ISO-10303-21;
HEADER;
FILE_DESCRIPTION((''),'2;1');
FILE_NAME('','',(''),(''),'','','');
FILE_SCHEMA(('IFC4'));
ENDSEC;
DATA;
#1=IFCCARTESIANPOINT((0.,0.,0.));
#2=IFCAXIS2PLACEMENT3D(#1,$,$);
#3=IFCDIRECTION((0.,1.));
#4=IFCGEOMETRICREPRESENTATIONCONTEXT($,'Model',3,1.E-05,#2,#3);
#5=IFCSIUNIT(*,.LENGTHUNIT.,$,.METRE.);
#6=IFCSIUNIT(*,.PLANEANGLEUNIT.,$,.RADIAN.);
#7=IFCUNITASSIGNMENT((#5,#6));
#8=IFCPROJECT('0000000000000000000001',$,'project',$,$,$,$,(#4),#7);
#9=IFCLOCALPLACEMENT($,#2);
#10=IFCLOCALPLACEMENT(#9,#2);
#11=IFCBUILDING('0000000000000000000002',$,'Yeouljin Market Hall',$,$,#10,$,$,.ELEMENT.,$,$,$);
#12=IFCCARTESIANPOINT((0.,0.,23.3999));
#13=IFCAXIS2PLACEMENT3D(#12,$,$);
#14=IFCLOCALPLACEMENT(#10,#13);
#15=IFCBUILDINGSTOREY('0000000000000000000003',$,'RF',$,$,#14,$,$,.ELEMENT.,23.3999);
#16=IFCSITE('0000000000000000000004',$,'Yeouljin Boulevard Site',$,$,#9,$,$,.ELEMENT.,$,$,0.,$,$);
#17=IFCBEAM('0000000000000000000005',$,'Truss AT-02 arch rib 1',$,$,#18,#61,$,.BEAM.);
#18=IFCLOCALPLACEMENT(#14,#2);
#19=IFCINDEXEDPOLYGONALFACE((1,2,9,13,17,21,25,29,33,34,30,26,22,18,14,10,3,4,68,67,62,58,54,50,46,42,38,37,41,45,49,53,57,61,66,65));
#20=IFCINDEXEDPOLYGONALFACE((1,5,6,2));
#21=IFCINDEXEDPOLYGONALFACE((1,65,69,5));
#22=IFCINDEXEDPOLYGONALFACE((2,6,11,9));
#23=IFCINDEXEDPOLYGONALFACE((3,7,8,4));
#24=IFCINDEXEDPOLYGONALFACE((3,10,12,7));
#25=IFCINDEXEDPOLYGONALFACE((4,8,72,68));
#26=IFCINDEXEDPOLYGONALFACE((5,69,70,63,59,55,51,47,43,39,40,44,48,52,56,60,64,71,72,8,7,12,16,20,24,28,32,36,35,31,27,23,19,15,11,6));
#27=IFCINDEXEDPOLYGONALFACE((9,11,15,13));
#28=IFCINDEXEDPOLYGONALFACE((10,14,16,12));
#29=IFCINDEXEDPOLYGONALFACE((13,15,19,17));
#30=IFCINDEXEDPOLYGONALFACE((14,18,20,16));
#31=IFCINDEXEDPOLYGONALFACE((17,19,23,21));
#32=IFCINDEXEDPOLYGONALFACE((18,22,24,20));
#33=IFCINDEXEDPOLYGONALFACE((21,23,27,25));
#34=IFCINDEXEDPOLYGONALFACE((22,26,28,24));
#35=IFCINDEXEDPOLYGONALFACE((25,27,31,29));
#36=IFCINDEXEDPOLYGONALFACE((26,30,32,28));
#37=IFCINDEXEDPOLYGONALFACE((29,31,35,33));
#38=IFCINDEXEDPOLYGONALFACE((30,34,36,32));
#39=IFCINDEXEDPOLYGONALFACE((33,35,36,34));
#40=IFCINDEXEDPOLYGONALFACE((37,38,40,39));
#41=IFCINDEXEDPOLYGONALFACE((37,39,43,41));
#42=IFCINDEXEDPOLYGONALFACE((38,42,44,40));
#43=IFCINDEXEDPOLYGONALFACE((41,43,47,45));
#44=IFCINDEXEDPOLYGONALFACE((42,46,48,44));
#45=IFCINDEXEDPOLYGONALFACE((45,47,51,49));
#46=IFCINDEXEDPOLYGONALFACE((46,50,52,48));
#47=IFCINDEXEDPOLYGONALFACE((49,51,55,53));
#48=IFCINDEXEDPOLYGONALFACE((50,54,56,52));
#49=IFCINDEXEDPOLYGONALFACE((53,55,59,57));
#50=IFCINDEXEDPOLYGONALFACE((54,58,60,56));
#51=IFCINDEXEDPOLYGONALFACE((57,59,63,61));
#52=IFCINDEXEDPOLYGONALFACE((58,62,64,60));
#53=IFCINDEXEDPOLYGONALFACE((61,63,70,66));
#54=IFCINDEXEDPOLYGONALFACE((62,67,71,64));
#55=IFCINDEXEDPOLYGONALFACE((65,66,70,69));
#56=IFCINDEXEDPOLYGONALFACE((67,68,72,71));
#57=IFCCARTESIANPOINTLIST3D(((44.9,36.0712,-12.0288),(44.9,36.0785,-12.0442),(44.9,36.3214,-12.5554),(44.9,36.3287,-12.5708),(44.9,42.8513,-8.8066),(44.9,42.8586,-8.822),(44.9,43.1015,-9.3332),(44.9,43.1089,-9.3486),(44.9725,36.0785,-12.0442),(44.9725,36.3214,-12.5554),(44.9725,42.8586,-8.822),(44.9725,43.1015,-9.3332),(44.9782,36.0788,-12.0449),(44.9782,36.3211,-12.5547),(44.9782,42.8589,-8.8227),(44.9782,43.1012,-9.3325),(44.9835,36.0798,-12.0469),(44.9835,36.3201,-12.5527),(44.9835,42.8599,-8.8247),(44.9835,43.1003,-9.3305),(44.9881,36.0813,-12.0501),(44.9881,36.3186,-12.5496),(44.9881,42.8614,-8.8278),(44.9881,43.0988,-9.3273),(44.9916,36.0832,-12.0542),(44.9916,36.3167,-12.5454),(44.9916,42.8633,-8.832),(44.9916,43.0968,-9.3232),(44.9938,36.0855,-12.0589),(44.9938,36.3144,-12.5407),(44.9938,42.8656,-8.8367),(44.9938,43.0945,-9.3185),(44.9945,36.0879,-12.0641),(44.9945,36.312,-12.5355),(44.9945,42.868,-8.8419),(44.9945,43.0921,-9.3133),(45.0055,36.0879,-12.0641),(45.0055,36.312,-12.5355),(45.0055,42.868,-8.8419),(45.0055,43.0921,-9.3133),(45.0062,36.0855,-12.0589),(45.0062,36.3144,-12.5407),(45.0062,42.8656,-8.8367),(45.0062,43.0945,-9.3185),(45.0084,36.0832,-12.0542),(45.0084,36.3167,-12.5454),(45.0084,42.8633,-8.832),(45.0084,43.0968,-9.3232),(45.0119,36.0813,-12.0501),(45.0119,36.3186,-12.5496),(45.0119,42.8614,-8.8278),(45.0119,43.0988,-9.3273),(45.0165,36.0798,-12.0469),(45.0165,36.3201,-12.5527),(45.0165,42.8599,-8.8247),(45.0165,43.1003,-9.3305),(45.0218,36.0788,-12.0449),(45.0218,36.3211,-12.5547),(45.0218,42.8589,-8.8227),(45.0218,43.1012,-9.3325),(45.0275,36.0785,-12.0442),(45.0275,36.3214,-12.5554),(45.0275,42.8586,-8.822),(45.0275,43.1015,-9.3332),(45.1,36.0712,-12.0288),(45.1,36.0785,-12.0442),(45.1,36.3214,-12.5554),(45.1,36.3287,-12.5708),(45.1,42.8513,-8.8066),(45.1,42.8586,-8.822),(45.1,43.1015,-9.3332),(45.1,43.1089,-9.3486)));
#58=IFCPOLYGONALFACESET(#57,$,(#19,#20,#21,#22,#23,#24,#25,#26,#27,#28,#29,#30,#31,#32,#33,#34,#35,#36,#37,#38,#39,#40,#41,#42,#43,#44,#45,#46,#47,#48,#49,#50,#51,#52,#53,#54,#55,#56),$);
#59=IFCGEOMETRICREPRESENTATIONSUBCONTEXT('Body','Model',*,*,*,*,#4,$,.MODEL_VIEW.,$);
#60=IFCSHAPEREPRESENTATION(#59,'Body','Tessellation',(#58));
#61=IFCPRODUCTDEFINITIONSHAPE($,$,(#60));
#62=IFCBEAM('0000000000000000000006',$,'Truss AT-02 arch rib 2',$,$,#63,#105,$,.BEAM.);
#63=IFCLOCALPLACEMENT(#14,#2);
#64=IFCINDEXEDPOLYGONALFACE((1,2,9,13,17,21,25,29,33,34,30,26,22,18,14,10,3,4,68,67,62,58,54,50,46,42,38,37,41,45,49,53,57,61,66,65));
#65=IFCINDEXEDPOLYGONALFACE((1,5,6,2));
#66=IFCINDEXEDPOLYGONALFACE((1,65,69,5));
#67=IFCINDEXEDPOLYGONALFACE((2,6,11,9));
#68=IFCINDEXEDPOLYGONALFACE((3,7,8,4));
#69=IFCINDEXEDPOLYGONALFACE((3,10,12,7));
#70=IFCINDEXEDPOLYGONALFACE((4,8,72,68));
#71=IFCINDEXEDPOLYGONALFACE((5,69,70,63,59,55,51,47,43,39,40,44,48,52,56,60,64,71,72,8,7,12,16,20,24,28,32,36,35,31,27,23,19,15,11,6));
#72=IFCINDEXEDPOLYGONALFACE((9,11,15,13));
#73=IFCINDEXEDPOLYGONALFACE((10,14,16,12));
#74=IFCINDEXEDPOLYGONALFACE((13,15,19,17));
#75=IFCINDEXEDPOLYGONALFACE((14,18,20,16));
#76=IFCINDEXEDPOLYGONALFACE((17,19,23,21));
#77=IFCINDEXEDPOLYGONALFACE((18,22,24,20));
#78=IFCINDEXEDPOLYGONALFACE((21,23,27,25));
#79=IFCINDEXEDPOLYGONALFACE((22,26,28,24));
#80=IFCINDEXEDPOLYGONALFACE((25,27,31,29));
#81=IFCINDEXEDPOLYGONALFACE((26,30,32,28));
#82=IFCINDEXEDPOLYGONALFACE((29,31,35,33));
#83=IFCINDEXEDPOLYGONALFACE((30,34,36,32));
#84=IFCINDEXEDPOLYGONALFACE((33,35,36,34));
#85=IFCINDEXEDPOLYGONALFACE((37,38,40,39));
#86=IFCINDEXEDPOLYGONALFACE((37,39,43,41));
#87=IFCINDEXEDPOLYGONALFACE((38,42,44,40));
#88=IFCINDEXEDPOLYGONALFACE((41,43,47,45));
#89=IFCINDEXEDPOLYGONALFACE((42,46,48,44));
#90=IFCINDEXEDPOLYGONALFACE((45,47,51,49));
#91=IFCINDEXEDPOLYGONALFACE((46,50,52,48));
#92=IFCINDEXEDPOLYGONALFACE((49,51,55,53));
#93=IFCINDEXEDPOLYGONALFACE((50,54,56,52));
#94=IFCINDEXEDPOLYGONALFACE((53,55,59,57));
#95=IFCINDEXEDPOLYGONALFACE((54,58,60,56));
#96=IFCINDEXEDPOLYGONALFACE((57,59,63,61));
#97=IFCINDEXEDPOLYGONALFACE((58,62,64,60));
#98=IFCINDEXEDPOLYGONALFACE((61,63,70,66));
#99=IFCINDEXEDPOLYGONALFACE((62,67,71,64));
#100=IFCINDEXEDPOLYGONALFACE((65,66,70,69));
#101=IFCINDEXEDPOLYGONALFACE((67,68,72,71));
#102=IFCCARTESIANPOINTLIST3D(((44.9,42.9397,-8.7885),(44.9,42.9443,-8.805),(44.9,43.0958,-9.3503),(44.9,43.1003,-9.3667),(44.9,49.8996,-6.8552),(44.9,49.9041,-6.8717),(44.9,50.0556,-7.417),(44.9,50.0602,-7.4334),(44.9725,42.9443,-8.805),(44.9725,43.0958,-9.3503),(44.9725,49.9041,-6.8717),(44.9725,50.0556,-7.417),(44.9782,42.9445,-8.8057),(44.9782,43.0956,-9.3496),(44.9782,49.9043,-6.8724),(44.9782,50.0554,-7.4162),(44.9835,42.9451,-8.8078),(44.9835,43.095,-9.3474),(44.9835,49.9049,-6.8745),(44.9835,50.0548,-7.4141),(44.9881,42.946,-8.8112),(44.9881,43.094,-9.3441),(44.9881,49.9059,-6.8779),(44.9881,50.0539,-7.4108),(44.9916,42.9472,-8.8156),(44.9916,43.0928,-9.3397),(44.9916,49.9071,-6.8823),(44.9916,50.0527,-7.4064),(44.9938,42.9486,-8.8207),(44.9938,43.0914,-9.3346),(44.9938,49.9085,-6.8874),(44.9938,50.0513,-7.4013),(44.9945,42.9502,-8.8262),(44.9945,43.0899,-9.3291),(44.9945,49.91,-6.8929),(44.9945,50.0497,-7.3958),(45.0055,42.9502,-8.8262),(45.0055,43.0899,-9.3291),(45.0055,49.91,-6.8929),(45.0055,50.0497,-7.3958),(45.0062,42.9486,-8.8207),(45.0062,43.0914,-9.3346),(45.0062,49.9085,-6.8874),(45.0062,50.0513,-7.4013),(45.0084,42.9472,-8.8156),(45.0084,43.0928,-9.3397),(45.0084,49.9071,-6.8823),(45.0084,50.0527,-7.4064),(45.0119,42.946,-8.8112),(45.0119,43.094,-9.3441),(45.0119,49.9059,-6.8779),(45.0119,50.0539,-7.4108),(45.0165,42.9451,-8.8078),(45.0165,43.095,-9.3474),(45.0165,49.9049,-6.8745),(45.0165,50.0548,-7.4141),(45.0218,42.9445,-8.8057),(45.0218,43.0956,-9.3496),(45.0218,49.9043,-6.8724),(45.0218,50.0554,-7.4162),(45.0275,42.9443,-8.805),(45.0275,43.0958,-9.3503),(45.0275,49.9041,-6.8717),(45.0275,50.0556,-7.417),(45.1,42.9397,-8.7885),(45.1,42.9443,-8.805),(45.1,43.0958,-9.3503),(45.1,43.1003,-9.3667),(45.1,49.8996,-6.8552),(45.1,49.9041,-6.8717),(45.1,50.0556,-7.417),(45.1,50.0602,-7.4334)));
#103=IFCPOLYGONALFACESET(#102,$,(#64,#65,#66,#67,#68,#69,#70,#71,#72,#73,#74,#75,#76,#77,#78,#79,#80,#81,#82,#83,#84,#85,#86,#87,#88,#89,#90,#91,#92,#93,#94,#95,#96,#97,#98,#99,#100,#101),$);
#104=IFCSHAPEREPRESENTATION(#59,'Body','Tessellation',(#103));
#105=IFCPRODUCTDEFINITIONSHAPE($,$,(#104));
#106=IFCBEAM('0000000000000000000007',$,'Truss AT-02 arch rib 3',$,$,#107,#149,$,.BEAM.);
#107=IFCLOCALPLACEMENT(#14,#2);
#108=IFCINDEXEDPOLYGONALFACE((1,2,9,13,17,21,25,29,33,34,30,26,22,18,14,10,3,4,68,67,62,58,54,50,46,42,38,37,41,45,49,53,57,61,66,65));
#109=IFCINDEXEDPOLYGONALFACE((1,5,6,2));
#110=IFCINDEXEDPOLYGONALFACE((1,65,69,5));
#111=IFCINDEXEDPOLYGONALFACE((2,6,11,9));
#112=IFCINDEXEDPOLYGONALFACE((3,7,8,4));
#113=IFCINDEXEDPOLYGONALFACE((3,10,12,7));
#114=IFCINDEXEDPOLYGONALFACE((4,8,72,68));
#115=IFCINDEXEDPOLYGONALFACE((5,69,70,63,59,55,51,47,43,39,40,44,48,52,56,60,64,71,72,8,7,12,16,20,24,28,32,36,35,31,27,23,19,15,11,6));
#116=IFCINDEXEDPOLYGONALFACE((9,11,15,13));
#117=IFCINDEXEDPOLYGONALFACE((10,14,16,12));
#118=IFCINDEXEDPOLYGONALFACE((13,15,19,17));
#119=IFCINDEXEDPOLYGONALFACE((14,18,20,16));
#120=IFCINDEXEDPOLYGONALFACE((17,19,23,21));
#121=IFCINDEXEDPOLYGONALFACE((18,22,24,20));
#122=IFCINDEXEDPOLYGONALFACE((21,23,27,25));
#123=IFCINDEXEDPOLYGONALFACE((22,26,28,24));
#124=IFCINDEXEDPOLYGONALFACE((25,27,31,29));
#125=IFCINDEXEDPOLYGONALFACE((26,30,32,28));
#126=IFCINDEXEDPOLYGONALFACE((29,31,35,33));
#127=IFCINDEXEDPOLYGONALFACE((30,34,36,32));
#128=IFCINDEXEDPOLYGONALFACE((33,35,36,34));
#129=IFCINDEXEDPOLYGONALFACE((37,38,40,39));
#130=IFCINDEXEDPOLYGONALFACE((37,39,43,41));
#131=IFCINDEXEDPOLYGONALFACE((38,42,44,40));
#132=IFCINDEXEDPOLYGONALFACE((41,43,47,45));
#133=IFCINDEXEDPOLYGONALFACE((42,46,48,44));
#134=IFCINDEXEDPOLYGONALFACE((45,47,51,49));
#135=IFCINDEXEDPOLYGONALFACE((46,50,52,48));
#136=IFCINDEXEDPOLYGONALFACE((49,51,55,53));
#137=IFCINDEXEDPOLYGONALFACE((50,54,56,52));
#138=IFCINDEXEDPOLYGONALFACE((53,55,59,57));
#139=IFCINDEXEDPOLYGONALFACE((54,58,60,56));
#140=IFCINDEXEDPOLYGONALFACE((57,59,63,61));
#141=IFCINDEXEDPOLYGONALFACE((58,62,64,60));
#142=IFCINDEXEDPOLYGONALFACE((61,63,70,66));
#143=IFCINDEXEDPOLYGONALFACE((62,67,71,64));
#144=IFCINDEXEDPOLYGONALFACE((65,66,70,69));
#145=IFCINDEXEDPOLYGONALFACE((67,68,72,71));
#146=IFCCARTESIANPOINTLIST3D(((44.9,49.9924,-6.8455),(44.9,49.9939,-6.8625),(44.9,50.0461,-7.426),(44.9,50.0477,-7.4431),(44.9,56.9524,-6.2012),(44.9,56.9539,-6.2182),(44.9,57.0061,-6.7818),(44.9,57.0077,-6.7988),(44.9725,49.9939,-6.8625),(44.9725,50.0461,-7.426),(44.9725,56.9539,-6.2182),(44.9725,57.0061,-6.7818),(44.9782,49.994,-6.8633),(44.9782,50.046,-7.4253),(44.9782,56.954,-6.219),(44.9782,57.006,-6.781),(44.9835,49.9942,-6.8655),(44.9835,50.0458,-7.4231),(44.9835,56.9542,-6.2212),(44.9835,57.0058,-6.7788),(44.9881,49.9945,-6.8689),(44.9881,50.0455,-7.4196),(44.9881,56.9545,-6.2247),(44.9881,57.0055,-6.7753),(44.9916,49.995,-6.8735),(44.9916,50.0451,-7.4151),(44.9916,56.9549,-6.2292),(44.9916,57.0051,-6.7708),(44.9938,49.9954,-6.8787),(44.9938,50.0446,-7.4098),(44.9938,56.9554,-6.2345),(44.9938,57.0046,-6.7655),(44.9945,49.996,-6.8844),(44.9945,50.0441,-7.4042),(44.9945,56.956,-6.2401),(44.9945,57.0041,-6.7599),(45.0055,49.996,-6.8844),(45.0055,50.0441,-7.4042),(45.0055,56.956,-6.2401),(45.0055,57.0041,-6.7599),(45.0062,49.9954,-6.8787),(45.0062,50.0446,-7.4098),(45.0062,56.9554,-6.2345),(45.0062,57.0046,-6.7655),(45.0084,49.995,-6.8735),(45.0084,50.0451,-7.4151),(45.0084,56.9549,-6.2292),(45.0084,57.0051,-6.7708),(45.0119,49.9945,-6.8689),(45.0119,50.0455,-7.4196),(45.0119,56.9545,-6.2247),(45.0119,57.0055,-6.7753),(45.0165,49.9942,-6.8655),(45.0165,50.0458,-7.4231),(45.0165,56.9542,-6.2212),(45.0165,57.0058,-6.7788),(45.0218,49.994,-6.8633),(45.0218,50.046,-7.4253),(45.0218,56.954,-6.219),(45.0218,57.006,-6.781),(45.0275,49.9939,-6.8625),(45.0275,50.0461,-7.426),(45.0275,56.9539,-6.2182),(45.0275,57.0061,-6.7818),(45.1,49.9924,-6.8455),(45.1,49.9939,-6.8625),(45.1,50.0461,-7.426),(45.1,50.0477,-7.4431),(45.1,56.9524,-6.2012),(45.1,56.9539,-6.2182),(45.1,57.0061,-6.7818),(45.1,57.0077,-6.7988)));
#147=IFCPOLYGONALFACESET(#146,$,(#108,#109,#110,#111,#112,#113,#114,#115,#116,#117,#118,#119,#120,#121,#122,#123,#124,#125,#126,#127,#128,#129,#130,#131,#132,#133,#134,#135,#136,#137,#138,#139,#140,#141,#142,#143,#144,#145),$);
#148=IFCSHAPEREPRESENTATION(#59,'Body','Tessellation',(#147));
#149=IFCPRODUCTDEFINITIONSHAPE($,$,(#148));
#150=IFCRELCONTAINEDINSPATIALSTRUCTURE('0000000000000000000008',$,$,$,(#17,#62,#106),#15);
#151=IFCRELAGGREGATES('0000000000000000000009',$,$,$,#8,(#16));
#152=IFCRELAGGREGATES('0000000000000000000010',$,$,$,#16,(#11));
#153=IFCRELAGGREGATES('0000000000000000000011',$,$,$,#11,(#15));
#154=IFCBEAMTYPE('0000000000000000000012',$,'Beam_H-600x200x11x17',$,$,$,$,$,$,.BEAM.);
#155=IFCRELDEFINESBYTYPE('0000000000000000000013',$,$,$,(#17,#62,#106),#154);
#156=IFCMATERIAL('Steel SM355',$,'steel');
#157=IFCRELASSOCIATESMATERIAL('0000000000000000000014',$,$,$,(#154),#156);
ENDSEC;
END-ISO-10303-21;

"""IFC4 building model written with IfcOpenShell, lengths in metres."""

from ifc_helpers import new_model, si_unit, direction, frame, origin, origin_2d, place, context, subcontext, project, spatial, i_section, extrude, material, material_profile, profile_set, type_object, element, save


model = new_model("IFC4")

# Units and contexts
model_context = context("Model", 3, precision=1e-05, world=origin(), true_north=direction((0.0, 1.0)))
body_context = subcontext(model_context, "Body", "Model", "MODEL_VIEW")
ifc_project = project(units=[si_unit("LENGTHUNIT", "METRE"), si_unit("PLANEANGLEUNIT", "RADIAN")], contexts=[model_context])

# Site, building, storey
site_placement = place(None, origin())
site = spatial("IfcSite", under=ifc_project, at=site_placement, Name="Yeouljin Boulevard Site", CompositionType="ELEMENT", RefElevation=0.0)
building_placement = place(site_placement, origin())
building = spatial("IfcBuilding", under=site, at=building_placement, Name="Yeouljin Market Hall", CompositionType="ELEMENT")
storey_placement = place(building_placement, frame((0.0, 0.0, 23.3999)))
storey = spatial("IfcBuildingStorey", under=building, at=storey_placement, Name="RF", CompositionType="ELEMENT", Elevation=23.3999)

# Beams
ifc_material_1 = material(Name="Steel SM355", Category="steel")
ifc_material_profile_1 = material_profile(ifc_material_1, i_section(OverallWidth=0.2, OverallDepth=0.6001, WebThickness=0.011, FlangeThickness=0.0171, FilletRadius=0.022, at=origin_2d()), Name="H-600x200x11x17")
ifc_profile_set_1 = profile_set([ifc_material_profile_1], Name="Steel SM355")
beam_type_1 = type_object("IfcBeamType", Name="Beam_H-600x200x11x17", PredefinedType="BEAM", material=ifc_profile_set_1)
beam_1_placement = place(storey_placement, frame((45.0, 36.2, -12.2998), z_axis=(0.0, 0.903192, 0.429237), x_axis=(-1.0, 0.0, 0.0)))
element("IfcBeam", 1, at=beam_1_placement, inside=storey, type_object=beam_type_1, Name="Truss AT-02 arch rib 1", PredefinedType="BEAM", context=body_context, shape_type="SweptSolid", body=[
    extrude(i_section(OverallWidth=0.2, OverallDepth=0.6001, WebThickness=0.011, FlangeThickness=0.0171, FilletRadius=0.022, at=origin_2d()), origin(), (0.0, 0.0, 1.0), 7.5068),
])
beam_2_placement = place(storey_placement, frame((45.0, 43.02, -9.0776), z_axis=(0.0, 0.963517, 0.267647), x_axis=(-1.0, 0.0, 0.0)))
element("IfcBeam", 2, at=beam_2_placement, inside=storey, type_object=beam_type_1, Name="Truss AT-02 arch rib 2", PredefinedType="BEAM", context=body_context, shape_type="SweptSolid", body=[
    extrude(i_section(OverallWidth=0.2, OverallDepth=0.6001, WebThickness=0.011, FlangeThickness=0.0171, FilletRadius=0.022, at=origin_2d()), origin(), (0.0, 0.0, 1.0), 7.2234),
])
beam_3_placement = place(storey_placement, frame((45.0, 50.02, -7.1443), z_axis=(0.0, 0.995743, 0.092176), x_axis=(-1.0, 0.0, 0.0)))
element("IfcBeam", 3, at=beam_3_placement, inside=storey, type_object=beam_type_1, Name="Truss AT-02 arch rib 3", PredefinedType="BEAM", context=body_context, shape_type="SweptSolid", body=[
    extrude(i_section(OverallWidth=0.2, OverallDepth=0.6001, WebThickness=0.011, FlangeThickness=0.0171, FilletRadius=0.022, at=origin_2d()), origin(), (0.0, 0.0, 1.0), 6.9897),
])

save(model, "model.ifc")
